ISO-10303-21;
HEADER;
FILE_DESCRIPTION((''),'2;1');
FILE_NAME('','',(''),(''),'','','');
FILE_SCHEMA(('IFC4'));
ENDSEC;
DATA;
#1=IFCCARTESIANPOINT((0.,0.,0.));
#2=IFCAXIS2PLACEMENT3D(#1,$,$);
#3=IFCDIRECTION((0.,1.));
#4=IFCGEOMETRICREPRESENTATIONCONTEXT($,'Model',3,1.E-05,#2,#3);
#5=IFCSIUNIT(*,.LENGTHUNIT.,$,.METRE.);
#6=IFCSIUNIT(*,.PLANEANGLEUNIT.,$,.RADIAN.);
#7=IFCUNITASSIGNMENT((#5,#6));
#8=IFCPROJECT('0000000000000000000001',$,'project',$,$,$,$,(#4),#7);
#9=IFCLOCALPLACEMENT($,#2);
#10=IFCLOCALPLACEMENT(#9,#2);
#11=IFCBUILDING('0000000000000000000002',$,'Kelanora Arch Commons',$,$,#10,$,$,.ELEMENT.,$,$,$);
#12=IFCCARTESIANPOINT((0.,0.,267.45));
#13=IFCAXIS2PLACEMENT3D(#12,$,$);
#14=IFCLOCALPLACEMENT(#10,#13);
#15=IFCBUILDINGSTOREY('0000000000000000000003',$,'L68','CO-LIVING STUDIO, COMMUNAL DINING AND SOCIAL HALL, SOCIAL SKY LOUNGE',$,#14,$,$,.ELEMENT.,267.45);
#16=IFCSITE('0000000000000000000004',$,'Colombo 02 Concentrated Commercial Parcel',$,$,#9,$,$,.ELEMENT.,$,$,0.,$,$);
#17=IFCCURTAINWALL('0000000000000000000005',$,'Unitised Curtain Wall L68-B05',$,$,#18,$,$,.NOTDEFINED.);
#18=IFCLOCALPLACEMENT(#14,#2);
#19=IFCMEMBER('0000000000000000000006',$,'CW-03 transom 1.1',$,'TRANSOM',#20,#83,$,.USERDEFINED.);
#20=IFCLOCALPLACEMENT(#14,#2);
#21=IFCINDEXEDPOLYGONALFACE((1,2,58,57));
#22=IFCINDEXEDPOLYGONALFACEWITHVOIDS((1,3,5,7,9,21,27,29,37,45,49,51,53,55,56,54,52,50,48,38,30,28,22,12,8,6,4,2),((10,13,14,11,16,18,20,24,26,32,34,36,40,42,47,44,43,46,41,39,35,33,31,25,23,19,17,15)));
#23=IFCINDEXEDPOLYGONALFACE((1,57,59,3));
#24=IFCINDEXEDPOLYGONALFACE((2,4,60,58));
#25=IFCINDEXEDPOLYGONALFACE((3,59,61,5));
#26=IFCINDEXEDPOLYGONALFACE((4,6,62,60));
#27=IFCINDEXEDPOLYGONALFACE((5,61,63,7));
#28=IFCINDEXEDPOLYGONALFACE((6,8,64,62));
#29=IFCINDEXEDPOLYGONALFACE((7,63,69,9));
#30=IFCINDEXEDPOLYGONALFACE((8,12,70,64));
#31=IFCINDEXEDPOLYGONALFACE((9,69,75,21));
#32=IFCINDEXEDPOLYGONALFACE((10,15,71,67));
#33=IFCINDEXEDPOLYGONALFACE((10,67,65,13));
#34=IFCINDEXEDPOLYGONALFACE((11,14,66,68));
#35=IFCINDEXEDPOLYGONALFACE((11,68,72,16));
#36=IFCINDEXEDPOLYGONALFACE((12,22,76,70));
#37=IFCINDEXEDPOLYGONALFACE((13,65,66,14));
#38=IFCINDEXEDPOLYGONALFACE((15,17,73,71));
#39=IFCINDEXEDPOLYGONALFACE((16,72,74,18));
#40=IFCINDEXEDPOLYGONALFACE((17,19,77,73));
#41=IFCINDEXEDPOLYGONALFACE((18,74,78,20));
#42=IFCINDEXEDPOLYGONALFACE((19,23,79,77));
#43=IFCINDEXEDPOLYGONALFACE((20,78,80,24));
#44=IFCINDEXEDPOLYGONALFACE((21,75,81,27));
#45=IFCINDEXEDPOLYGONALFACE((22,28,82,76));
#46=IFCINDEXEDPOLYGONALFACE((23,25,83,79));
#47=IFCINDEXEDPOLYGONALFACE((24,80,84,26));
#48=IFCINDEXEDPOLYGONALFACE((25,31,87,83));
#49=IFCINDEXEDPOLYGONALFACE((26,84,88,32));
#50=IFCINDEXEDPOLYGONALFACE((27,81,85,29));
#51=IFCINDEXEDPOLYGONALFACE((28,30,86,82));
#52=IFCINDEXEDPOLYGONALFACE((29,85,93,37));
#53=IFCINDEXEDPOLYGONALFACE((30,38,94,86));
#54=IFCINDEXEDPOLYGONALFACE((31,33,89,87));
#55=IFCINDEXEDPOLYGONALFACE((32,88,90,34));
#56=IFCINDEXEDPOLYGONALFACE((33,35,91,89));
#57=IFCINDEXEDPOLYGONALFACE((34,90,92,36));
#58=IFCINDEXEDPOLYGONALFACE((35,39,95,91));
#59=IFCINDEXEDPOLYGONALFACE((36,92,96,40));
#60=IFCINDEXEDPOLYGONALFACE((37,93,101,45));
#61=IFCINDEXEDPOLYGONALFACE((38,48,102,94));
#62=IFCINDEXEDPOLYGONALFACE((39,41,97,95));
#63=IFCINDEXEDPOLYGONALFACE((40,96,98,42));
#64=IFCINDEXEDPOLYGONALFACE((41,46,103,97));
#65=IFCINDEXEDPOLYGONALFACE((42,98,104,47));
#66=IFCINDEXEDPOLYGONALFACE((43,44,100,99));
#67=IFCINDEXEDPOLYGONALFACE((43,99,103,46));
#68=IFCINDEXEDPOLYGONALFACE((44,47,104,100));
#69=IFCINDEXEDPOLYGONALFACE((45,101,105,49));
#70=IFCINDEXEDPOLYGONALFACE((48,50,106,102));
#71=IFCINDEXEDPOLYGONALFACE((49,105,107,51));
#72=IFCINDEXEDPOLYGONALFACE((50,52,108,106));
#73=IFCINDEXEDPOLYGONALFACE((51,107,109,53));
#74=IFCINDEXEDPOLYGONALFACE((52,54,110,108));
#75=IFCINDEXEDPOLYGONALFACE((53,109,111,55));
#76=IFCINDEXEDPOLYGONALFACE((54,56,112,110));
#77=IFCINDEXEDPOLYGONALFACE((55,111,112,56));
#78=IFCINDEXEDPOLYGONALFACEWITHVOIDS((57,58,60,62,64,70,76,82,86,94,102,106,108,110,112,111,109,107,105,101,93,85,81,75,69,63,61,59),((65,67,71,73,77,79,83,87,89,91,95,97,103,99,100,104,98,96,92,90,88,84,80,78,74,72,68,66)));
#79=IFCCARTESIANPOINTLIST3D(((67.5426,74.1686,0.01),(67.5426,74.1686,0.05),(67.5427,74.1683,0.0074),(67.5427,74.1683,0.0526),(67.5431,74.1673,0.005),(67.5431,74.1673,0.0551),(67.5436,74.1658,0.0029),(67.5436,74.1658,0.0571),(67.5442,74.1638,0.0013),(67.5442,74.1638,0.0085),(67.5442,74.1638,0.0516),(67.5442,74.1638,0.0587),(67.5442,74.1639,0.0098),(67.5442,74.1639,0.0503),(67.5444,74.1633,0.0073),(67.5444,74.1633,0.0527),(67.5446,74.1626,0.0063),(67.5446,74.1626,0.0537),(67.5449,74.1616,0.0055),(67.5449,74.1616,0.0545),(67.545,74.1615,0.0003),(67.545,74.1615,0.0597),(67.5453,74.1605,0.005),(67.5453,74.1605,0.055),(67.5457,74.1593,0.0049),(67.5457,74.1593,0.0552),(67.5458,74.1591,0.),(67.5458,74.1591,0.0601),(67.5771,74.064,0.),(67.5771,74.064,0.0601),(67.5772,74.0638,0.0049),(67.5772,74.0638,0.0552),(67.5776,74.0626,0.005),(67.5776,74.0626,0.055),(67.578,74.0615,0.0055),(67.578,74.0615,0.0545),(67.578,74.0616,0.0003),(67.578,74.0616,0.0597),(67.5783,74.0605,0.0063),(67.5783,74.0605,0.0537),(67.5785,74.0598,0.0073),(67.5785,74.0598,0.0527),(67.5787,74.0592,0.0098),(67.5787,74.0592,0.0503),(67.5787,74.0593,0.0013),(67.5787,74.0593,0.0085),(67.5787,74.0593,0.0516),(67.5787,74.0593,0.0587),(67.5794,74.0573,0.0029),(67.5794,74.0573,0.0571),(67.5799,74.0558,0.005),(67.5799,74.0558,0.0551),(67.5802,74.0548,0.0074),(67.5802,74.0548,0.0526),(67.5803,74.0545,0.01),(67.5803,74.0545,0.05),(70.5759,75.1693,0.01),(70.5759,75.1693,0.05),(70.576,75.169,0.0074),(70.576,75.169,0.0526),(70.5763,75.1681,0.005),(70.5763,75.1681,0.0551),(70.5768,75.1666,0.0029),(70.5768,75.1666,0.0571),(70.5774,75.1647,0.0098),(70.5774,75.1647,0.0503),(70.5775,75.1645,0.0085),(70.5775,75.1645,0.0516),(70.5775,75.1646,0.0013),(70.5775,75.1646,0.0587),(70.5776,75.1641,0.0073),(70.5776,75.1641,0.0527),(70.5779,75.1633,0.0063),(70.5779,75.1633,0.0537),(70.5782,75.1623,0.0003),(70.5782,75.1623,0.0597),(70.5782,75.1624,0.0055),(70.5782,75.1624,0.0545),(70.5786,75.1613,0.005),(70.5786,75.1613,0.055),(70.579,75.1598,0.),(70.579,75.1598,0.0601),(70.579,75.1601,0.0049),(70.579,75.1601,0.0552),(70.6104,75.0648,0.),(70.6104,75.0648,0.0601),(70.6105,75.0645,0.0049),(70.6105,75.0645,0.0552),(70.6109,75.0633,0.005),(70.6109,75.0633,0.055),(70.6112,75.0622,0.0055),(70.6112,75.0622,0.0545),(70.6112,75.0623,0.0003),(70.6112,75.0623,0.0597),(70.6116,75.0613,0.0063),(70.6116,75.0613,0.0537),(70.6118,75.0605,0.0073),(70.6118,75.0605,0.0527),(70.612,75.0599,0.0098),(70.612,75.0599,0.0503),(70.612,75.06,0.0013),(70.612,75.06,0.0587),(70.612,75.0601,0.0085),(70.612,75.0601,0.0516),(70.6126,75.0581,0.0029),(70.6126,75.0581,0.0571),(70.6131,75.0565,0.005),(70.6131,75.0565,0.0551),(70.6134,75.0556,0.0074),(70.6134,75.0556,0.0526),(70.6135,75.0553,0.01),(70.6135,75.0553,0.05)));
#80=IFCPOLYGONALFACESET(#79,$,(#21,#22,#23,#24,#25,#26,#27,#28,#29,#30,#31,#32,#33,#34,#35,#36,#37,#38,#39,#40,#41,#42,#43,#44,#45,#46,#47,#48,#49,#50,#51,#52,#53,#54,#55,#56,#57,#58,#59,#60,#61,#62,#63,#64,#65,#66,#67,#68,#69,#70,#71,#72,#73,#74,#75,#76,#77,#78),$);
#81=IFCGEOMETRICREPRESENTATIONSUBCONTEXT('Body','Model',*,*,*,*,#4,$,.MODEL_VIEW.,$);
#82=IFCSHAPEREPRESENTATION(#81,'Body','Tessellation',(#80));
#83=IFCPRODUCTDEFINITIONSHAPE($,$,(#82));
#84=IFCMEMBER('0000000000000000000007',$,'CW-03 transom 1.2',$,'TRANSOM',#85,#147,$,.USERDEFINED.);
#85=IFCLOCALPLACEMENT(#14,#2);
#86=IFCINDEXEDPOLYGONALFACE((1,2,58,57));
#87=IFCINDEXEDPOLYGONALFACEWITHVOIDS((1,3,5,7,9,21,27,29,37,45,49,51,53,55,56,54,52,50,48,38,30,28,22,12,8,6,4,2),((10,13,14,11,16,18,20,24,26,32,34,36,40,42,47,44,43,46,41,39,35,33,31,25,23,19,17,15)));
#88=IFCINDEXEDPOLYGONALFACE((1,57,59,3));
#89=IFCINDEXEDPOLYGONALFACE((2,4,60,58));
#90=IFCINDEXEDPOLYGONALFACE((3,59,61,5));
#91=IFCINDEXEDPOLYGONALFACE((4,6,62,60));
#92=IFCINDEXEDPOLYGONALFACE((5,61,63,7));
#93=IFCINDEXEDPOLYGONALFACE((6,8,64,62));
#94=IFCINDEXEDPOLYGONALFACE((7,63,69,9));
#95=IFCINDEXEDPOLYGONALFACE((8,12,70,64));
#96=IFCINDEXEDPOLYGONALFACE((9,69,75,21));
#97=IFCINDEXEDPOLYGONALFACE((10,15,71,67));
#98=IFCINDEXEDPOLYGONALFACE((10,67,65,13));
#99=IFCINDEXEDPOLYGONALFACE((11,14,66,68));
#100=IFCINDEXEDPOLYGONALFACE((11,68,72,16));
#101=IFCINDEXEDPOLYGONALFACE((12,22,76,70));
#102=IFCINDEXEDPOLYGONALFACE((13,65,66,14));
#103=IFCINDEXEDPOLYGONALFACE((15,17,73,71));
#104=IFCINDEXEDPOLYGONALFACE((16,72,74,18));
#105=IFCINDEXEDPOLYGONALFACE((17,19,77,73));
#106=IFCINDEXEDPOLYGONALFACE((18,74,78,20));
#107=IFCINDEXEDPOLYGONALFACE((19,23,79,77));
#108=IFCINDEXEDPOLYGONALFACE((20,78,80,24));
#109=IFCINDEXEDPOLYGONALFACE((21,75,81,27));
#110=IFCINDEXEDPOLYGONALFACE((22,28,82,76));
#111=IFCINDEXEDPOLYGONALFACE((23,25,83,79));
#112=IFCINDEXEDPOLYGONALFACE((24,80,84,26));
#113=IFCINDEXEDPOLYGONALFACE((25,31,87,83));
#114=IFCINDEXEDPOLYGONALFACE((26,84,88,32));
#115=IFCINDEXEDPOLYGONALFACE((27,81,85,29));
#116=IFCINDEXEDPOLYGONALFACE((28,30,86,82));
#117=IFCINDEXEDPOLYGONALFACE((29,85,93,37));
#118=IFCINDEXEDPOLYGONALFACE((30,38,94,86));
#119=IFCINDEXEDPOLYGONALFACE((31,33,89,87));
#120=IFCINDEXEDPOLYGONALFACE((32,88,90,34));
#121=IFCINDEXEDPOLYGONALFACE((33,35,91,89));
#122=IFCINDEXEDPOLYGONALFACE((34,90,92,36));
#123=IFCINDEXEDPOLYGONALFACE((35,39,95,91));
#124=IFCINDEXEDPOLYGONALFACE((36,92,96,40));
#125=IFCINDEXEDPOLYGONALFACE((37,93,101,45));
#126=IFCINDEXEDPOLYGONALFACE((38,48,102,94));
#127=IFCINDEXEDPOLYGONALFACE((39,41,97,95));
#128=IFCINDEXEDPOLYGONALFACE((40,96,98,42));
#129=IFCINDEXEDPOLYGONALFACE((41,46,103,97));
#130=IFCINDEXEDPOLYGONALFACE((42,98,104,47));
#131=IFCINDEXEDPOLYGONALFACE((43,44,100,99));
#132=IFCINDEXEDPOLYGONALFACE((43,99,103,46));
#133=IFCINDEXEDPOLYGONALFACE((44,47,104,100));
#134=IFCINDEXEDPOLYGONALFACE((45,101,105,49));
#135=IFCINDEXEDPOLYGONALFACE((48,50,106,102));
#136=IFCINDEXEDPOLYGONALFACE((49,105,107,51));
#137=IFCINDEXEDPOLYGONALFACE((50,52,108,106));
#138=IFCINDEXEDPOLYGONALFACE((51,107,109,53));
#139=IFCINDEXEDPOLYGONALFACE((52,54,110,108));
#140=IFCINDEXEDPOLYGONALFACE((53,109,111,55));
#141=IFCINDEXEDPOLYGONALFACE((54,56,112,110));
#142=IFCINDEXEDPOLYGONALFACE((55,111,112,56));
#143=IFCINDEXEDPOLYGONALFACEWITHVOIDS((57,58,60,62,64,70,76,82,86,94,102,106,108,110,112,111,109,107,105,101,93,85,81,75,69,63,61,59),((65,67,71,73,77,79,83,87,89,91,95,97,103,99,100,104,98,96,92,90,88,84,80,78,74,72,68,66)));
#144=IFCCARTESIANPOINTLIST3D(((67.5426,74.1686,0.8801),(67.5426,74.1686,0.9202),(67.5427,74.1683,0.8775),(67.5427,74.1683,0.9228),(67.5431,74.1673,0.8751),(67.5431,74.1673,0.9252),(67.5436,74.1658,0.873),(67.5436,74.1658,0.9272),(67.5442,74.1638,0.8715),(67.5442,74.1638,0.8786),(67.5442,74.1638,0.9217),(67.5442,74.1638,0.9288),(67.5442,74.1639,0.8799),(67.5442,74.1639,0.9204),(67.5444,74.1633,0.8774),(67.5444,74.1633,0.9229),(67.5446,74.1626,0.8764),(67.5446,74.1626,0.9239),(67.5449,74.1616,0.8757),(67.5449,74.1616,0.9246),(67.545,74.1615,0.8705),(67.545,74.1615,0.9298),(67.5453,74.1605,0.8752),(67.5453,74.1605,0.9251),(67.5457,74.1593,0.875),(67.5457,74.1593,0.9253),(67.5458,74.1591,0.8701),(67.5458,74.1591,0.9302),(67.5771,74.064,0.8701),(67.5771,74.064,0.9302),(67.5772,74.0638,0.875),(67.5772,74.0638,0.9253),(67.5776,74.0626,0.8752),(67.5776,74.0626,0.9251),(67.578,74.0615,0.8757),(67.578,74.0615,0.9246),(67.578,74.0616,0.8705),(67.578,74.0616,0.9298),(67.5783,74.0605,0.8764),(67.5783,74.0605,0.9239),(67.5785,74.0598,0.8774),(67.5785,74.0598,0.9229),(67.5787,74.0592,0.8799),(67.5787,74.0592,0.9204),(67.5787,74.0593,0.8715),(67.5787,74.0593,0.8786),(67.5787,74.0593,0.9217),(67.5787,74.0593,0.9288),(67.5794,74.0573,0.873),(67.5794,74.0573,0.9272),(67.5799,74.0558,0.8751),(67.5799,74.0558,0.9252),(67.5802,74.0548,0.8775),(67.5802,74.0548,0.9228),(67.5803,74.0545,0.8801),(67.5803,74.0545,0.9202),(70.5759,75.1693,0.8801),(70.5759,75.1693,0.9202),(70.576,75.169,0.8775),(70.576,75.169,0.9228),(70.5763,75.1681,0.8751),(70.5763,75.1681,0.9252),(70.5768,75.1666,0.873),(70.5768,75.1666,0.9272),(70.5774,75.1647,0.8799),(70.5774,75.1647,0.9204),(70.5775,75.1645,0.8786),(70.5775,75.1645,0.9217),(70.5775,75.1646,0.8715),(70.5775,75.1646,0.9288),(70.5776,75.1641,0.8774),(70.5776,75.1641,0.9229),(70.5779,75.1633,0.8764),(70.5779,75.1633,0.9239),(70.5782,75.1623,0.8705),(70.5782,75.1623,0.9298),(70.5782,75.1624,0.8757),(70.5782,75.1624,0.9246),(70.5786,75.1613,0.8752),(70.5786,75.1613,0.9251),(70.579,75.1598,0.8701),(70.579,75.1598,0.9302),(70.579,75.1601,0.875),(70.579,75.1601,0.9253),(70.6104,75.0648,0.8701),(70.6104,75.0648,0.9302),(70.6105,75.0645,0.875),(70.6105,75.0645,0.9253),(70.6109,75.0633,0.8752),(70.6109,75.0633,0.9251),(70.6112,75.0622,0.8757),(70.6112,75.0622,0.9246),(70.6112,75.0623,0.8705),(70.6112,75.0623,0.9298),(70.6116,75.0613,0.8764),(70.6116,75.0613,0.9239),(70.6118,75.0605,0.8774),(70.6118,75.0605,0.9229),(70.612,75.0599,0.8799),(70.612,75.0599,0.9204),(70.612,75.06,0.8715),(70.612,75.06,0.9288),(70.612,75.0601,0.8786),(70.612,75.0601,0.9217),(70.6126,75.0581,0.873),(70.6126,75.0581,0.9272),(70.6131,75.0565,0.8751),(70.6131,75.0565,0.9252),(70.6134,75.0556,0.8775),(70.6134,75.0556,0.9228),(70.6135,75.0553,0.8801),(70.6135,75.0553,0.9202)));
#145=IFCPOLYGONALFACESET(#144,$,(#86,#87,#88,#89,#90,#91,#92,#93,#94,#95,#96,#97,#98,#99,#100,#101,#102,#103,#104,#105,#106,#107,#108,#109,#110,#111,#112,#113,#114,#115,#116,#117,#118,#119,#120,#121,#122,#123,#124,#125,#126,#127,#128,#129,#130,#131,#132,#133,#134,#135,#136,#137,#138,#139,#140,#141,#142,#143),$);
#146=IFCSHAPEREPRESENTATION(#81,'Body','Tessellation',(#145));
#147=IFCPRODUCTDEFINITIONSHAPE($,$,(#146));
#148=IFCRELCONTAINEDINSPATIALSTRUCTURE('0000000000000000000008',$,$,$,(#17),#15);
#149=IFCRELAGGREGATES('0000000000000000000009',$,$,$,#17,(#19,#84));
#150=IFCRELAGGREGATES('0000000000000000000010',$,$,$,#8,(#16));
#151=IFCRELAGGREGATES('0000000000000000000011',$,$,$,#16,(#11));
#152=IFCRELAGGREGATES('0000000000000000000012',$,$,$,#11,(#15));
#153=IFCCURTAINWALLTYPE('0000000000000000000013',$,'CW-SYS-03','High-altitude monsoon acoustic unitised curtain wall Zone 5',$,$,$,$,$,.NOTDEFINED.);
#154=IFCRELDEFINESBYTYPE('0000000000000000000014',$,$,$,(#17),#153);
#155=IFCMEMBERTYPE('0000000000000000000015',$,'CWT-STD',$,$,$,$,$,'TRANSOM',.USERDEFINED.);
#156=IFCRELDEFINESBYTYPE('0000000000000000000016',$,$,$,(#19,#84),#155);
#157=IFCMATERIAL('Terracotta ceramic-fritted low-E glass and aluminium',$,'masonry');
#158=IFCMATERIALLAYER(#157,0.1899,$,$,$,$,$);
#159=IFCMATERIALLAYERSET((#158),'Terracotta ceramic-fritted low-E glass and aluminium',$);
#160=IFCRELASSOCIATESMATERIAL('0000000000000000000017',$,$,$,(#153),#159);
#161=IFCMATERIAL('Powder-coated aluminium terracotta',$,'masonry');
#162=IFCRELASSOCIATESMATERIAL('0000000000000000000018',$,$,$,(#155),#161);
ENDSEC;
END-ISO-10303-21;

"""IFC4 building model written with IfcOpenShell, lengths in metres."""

from ifc_helpers import new_model, si_unit, direction, frame, origin, origin_2d, place, context, subcontext, project, spatial, hollow_rectangle, extrude, material, layer, layer_set, material_profile, profile_set, type_object, element, aggregate, save


model = new_model("IFC4")

# Units and contexts
model_context = context("Model", 3, precision=1e-05, world=origin(), true_north=direction((0.0, 1.0)))
body_context = subcontext(model_context, "Body", "Model", "MODEL_VIEW")
ifc_project = project(units=[si_unit("LENGTHUNIT", "METRE"), si_unit("PLANEANGLEUNIT", "RADIAN")], contexts=[model_context])

# Site, building, storey
site_placement = place(None, origin())
site = spatial("IfcSite", under=ifc_project, at=site_placement, Name="Colombo 02 Concentrated Commercial Parcel", CompositionType="ELEMENT", RefElevation=0.0)
building_placement = place(site_placement, origin())
building = spatial("IfcBuilding", under=site, at=building_placement, Name="Kelanora Arch Commons", CompositionType="ELEMENT")
storey_placement = place(building_placement, frame((0.0, 0.0, 267.45)))
storey = spatial("IfcBuildingStorey", under=building, at=storey_placement, Name="L68", Description="CO-LIVING STUDIO, COMMUNAL DINING AND SOCIAL HALL, SOCIAL SKY LOUNGE", CompositionType="ELEMENT", Elevation=267.45)

# Curtain wall, members
ifc_material_1 = material(Name="Terracotta ceramic-fritted low-E glass and aluminium", Category="masonry")
ifc_layer_1 = layer(ifc_material_1, 0.1899)
ifc_layer_set_1 = layer_set([ifc_layer_1], Name="Terracotta ceramic-fritted low-E glass and aluminium")
curtain_wall_type = type_object("IfcCurtainWallType", Name="CW-SYS-03", Description="High-altitude monsoon acoustic unitised curtain wall Zone 5", PredefinedType="NOTDEFINED", material=ifc_layer_set_1)
curtain_wall_placement = place(storey_placement, origin())
curtain_wall = element("IfcCurtainWall", 1, at=curtain_wall_placement, inside=storey, type_object=curtain_wall_type, Name="Unitised Curtain Wall L68-B05", PredefinedType="NOTDEFINED")
ifc_material_2 = material(Name="Powder-coated aluminium terracotta", Category="masonry")
ifc_material_profile_1 = material_profile(ifc_material_2, hollow_rectangle(XDim=0.1201, YDim=0.0601, WallThickness=0.0049, InnerFilletRadius=0.0049, OuterFilletRadius=0.01, at=origin_2d()), Name="CWT120x60")
ifc_profile_set_1 = profile_set([ifc_material_profile_1], Name="Powder-coated aluminium terracotta")
member_type_1 = type_object("IfcMemberType", Name="CWT-STD", ElementType="TRANSOM", PredefinedType="USERDEFINED", material=ifc_profile_set_1)
member_1_placement = place(storey_placement, frame((70.5947, 75.1123, 0.03), z_axis=(-0.94965, -0.313314, 0.0), x_axis=(0.313314, -0.94965, 0.0)))
member_1 = element("IfcMember", 2, at=member_1_placement, type_object=member_type_1, Name="CW-03 transom 1.1", ObjectType="TRANSOM", PredefinedType="USERDEFINED", context=body_context, shape_type="SweptSolid", body=[
    extrude(hollow_rectangle(XDim=0.1201, YDim=0.0601, WallThickness=0.0049, InnerFilletRadius=0.0049, OuterFilletRadius=0.01, at=origin_2d()), origin(), (0.0, 0.0, 1.0), 3.1941),
])
member_2_placement = place(storey_placement, frame((70.5947, 75.1123, 0.9001), z_axis=(-0.94965, -0.313314, 0.0), x_axis=(0.313314, -0.94965, 0.0)))
member_2 = element("IfcMember", 3, at=member_2_placement, type_object=member_type_1, Name="CW-03 transom 1.2", ObjectType="TRANSOM", PredefinedType="USERDEFINED", context=body_context, shape_type="SweptSolid", body=[
    extrude(hollow_rectangle(XDim=0.1201, YDim=0.0601, WallThickness=0.0049, InnerFilletRadius=0.0049, OuterFilletRadius=0.01, at=origin_2d()), origin(), (0.0, 0.0, 1.0), 3.1941),
])
aggregate(curtain_wall, [member_1, member_2])

save(model, "model.ifc")
